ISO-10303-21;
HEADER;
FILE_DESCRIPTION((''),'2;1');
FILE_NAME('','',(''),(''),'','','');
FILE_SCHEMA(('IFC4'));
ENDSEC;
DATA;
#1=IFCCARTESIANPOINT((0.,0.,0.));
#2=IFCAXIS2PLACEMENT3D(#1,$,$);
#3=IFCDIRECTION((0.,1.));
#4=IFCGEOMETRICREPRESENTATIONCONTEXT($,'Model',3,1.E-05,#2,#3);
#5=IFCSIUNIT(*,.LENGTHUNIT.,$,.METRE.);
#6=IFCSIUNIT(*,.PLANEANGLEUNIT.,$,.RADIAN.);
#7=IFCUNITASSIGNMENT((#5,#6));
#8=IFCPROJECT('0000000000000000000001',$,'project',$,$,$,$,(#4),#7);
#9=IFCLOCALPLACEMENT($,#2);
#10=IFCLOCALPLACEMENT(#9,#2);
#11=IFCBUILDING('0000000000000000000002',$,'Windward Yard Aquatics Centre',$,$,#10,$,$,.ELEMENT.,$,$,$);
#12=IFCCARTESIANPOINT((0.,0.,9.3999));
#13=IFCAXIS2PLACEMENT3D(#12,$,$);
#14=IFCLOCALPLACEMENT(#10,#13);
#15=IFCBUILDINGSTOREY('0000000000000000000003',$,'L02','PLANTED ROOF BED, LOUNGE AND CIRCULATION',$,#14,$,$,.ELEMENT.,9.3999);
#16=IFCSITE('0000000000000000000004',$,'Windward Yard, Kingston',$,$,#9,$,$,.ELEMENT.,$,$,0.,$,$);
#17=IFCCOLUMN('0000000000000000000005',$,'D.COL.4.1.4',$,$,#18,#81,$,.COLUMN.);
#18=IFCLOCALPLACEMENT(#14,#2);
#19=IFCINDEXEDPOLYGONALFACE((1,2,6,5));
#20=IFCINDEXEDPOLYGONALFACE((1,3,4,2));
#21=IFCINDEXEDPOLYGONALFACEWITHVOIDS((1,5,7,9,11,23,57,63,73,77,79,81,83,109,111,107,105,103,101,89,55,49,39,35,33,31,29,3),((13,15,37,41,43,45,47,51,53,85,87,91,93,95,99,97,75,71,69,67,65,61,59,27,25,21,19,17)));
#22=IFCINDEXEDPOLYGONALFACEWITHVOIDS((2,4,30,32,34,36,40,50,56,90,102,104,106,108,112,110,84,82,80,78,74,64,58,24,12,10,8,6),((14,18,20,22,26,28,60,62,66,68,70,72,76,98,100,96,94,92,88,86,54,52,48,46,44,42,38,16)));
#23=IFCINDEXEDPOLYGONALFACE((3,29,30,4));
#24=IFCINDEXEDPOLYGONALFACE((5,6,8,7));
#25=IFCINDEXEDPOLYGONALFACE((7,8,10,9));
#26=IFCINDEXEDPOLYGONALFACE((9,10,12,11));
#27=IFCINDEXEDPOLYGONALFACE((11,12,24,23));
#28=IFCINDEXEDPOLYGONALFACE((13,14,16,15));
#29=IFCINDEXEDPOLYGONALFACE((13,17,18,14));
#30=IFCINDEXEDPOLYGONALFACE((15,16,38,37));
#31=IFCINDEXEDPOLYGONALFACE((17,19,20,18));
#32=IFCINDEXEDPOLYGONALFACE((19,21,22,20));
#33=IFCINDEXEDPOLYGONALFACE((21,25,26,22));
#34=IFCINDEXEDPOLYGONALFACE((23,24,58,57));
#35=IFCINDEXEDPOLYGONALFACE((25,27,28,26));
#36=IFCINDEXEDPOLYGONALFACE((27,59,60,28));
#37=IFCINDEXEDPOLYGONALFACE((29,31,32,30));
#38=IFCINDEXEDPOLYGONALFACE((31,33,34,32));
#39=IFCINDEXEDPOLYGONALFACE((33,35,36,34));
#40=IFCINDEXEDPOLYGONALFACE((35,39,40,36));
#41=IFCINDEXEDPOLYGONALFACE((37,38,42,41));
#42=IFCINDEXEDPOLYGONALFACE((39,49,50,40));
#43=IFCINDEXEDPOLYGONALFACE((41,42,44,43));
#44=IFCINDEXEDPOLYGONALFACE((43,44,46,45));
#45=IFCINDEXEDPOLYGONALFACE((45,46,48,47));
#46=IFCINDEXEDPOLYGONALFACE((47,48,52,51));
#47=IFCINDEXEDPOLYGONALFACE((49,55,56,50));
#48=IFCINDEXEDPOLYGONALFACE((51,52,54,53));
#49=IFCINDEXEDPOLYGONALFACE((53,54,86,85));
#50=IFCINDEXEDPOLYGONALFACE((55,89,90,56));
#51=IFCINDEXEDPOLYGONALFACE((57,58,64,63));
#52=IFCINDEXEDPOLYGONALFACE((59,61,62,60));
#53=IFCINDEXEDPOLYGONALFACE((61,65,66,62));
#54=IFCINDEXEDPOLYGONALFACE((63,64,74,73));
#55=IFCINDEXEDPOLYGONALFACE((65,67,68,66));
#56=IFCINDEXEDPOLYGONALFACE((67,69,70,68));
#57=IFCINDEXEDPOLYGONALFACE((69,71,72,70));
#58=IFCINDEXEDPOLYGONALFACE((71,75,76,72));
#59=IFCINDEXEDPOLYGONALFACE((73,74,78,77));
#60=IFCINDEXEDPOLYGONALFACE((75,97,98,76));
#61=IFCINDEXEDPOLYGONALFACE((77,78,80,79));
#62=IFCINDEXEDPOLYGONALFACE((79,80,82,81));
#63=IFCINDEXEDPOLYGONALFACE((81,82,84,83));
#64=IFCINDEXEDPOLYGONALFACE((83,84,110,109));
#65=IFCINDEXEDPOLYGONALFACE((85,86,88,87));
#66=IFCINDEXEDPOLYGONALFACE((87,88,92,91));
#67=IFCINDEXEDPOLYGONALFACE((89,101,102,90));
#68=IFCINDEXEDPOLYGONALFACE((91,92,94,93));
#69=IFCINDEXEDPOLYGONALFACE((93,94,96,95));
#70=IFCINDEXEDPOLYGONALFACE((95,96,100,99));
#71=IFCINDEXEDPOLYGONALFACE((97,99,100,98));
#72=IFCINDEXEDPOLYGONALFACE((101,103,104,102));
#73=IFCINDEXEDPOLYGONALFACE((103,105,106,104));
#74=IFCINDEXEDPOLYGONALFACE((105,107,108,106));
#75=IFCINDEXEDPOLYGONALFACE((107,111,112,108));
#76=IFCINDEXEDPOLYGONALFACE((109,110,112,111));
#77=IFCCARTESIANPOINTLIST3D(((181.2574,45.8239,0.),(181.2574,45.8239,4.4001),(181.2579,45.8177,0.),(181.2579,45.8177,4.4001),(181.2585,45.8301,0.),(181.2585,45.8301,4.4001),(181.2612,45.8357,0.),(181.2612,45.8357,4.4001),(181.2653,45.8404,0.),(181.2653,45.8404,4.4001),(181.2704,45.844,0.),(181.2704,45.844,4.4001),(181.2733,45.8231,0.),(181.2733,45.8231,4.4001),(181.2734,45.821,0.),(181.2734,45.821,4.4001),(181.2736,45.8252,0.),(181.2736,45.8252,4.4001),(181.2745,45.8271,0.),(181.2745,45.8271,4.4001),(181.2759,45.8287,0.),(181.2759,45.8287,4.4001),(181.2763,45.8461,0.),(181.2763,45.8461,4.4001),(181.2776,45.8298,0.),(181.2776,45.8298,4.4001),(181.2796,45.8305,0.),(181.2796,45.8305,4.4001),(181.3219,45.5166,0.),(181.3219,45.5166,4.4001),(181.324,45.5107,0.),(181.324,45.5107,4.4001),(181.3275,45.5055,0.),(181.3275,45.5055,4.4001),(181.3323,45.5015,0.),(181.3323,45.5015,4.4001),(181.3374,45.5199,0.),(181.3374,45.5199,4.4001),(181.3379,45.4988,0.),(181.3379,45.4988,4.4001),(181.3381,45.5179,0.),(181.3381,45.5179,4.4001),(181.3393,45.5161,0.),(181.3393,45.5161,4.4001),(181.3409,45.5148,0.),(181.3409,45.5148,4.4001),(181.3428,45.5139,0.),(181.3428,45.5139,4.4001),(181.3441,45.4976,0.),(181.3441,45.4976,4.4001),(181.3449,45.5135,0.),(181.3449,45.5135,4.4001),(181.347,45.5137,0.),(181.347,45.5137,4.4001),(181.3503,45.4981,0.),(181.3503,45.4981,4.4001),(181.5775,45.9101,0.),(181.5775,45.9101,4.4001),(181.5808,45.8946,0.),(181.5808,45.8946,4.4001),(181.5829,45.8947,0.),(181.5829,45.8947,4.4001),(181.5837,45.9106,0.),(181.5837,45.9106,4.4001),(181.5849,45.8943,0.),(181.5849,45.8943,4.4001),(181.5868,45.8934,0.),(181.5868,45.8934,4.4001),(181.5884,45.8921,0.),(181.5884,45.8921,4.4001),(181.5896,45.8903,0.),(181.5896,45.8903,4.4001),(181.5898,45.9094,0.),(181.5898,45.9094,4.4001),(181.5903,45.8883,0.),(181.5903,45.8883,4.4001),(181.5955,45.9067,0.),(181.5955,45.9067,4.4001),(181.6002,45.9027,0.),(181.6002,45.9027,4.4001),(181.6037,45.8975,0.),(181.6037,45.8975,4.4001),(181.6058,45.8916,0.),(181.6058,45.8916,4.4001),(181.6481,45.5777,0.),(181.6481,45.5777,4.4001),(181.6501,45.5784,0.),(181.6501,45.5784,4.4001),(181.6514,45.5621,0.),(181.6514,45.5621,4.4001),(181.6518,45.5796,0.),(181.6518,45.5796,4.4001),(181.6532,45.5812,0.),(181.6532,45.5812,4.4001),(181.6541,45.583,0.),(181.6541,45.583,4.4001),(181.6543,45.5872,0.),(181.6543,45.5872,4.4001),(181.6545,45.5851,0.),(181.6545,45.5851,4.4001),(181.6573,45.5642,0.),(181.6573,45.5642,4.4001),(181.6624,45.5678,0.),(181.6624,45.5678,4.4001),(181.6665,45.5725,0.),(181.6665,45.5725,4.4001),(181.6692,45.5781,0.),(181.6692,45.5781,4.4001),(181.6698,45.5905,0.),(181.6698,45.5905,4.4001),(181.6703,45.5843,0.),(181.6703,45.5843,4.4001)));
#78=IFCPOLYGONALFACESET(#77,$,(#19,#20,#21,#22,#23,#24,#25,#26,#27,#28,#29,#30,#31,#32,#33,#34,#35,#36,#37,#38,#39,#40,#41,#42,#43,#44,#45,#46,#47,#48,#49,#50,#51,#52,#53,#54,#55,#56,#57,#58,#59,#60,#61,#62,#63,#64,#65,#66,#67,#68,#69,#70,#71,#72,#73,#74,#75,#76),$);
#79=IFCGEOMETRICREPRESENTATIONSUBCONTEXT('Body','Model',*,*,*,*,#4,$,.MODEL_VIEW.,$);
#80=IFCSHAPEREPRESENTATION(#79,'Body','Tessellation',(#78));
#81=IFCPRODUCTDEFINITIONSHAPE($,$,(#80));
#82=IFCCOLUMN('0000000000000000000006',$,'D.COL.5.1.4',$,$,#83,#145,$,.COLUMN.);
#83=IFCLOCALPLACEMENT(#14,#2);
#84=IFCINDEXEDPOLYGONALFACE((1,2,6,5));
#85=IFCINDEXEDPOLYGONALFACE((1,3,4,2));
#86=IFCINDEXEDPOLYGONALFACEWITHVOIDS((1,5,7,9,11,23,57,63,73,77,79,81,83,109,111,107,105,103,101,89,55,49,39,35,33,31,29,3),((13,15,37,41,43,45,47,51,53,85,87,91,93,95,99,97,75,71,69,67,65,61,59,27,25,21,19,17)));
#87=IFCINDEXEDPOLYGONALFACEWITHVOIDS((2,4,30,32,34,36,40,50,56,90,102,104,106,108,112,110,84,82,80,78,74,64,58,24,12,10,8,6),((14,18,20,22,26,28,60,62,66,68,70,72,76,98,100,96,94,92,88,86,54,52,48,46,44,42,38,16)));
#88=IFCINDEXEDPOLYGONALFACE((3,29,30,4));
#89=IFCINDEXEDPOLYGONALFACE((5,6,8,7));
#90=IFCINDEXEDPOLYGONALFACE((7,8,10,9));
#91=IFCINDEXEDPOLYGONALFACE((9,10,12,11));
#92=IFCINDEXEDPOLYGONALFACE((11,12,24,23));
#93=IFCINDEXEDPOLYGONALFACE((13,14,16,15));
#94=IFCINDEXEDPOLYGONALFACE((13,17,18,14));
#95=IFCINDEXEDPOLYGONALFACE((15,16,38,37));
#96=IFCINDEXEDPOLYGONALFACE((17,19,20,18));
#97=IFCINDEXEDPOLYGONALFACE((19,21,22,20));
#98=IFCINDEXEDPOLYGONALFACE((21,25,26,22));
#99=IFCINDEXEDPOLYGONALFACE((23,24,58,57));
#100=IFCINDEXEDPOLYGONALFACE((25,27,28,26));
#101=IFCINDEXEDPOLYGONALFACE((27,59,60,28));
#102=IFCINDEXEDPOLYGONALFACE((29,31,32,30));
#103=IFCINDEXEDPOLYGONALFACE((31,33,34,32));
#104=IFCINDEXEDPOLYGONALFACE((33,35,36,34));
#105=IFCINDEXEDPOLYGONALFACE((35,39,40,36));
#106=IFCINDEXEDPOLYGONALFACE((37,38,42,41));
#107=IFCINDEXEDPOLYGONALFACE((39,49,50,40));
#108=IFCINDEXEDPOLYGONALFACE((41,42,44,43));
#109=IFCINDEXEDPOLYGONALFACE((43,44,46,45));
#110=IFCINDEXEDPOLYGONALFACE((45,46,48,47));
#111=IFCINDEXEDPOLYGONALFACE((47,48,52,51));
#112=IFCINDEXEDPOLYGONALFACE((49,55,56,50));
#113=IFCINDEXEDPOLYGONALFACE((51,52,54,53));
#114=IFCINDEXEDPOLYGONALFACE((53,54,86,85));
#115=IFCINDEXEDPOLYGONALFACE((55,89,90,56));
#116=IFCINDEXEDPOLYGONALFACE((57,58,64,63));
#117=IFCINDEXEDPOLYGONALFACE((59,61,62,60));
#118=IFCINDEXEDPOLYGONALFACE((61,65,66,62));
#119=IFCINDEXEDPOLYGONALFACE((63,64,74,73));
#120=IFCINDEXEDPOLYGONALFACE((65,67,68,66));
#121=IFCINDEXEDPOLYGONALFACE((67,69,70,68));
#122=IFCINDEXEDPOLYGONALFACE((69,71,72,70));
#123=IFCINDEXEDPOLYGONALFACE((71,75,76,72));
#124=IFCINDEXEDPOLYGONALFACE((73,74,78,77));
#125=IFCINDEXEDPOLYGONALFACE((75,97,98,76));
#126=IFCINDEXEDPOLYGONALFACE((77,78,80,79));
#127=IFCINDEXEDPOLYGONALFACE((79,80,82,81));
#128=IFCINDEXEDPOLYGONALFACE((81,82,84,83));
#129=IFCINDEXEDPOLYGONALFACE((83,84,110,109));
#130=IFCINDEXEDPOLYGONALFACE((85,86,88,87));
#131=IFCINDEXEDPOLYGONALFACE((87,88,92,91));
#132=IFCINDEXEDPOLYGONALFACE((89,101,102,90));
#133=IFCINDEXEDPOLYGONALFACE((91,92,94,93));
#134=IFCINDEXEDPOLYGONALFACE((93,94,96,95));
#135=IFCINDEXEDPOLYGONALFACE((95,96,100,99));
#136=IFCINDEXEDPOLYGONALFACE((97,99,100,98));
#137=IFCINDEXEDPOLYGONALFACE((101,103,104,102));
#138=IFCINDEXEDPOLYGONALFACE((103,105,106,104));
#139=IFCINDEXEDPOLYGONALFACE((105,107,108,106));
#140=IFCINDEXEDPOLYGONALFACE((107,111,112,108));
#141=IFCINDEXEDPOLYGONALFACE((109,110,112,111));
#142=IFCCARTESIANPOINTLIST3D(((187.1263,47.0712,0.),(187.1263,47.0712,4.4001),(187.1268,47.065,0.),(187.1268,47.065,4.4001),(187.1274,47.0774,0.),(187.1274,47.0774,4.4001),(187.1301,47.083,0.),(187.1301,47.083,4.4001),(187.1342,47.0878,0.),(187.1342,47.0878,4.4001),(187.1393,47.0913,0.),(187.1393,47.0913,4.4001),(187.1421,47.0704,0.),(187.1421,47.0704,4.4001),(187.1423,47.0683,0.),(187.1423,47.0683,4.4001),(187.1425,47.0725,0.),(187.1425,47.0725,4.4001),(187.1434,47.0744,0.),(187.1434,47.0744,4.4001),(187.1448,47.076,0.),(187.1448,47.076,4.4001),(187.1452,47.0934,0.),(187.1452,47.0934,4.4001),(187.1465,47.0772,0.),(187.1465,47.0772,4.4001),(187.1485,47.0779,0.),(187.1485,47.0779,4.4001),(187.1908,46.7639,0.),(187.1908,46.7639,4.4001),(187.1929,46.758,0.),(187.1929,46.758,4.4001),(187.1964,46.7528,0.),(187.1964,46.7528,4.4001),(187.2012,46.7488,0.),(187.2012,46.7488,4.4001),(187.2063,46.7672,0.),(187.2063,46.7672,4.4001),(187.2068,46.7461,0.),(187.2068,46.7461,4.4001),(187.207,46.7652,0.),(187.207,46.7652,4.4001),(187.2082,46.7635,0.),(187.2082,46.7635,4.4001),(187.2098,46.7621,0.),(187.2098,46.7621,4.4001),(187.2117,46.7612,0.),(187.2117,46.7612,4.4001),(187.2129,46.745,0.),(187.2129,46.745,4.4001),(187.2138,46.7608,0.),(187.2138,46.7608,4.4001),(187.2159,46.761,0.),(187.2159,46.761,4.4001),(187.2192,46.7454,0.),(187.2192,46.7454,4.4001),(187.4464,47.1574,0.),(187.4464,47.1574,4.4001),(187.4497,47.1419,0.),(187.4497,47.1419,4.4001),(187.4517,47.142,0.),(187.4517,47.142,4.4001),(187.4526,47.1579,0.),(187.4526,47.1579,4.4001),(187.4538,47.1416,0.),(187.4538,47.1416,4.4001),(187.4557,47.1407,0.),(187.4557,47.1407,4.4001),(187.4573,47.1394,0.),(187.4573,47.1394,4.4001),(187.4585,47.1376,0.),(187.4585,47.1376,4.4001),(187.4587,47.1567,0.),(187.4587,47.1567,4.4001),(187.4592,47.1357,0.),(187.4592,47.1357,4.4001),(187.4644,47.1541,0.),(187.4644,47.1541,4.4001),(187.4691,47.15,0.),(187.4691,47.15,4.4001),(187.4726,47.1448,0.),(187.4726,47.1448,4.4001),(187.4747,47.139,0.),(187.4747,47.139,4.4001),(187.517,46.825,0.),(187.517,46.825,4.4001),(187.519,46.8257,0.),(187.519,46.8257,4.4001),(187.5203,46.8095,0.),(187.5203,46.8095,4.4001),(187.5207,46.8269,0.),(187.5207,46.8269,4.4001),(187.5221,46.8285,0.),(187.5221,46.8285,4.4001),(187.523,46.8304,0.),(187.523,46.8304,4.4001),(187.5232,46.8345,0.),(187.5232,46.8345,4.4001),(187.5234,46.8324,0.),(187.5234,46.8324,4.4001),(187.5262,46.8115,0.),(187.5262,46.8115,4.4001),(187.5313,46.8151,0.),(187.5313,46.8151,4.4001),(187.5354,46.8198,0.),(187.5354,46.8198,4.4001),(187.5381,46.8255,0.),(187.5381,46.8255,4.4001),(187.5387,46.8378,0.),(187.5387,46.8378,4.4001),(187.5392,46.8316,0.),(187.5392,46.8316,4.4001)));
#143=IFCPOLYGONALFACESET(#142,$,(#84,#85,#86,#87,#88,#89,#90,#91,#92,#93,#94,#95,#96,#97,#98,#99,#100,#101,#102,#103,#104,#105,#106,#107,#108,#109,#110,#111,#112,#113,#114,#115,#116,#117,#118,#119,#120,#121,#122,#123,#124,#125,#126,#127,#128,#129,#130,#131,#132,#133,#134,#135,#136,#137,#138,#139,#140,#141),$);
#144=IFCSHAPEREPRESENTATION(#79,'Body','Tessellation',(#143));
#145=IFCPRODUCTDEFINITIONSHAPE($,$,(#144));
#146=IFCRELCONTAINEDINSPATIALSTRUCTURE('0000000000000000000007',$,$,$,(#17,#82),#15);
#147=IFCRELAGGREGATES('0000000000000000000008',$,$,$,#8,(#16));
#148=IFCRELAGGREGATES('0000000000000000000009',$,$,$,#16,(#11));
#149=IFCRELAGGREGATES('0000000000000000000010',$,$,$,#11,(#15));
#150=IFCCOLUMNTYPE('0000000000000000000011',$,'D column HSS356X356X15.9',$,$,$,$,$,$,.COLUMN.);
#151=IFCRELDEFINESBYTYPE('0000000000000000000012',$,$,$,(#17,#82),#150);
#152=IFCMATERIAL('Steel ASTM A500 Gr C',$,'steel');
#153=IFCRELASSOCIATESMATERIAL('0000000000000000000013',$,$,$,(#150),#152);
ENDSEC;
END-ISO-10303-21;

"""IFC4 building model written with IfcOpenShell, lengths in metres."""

from ifc_helpers import new_model, si_unit, direction, frame, origin, origin_2d, place, context, subcontext, project, spatial, hollow_rectangle, extrude, material, material_profile, profile_set, type_object, element, save


model = new_model("IFC4")

# Units and contexts
model_context = context("Model", 3, precision=1e-05, world=origin(), true_north=direction((0.0, 1.0)))
body_context = subcontext(model_context, "Body", "Model", "MODEL_VIEW")
ifc_project = project(units=[si_unit("LENGTHUNIT", "METRE"), si_unit("PLANEANGLEUNIT", "RADIAN")], contexts=[model_context])

# Site, building, storey
site_placement = place(None, origin())
site = spatial("IfcSite", under=ifc_project, at=site_placement, Name="Windward Yard, Kingston", CompositionType="ELEMENT", RefElevation=0.0)
building_placement = place(site_placement, origin())
building = spatial("IfcBuilding", under=site, at=building_placement, Name="Windward Yard Aquatics Centre", CompositionType="ELEMENT")
storey_placement = place(building_placement, frame((0.0, 0.0, 9.3999)))
storey = spatial("IfcBuildingStorey", under=building, at=storey_placement, Name="L02", Description="PLANTED ROOF BED, LOUNGE AND CIRCULATION", CompositionType="ELEMENT", Elevation=9.3999)

# Columns
ifc_material_1 = material(Name="Steel ASTM A500 Gr C", Category="steel")
ifc_material_profile = material_profile(ifc_material_1, hollow_rectangle(XDim=0.3557, YDim=0.3557, WallThickness=0.0159, InnerFilletRadius=0.0081, OuterFilletRadius=0.0239, at=origin_2d()), Name="HSS356X356X15.9")
ifc_profile_set = profile_set([ifc_material_profile], Name="Steel ASTM A500 Gr C")
column_type = type_object("IfcColumnType", Name="D column HSS356X356X15.9", PredefinedType="COLUMN", material=ifc_profile_set)
for number, where, z_axis, x_axis, name in (
    (1, (181.4639, 45.7041, 0.0), (0.0, 0.0, 1.0), (0.978148, 0.207912, 0.0), "D.COL.4.1.4"),
    (2, (187.3328, 46.9514, 0.0), (0.0, 0.0, 1.0), (0.978148, 0.207912, 0.0), "D.COL.5.1.4"),
):
    element("IfcColumn", number, at=place(storey_placement, frame(where, z_axis=z_axis, x_axis=x_axis)), inside=storey, type_object=column_type, Name=name, PredefinedType="COLUMN", context=body_context, shape_type="SweptSolid", body=[
        extrude(hollow_rectangle(XDim=0.3557, YDim=0.3557, WallThickness=0.0159, InnerFilletRadius=0.0081, OuterFilletRadius=0.0239, at=origin_2d()), origin(), (0.0, 0.0, 1.0), 4.4001),
    ])

save(model, "model.ifc")
